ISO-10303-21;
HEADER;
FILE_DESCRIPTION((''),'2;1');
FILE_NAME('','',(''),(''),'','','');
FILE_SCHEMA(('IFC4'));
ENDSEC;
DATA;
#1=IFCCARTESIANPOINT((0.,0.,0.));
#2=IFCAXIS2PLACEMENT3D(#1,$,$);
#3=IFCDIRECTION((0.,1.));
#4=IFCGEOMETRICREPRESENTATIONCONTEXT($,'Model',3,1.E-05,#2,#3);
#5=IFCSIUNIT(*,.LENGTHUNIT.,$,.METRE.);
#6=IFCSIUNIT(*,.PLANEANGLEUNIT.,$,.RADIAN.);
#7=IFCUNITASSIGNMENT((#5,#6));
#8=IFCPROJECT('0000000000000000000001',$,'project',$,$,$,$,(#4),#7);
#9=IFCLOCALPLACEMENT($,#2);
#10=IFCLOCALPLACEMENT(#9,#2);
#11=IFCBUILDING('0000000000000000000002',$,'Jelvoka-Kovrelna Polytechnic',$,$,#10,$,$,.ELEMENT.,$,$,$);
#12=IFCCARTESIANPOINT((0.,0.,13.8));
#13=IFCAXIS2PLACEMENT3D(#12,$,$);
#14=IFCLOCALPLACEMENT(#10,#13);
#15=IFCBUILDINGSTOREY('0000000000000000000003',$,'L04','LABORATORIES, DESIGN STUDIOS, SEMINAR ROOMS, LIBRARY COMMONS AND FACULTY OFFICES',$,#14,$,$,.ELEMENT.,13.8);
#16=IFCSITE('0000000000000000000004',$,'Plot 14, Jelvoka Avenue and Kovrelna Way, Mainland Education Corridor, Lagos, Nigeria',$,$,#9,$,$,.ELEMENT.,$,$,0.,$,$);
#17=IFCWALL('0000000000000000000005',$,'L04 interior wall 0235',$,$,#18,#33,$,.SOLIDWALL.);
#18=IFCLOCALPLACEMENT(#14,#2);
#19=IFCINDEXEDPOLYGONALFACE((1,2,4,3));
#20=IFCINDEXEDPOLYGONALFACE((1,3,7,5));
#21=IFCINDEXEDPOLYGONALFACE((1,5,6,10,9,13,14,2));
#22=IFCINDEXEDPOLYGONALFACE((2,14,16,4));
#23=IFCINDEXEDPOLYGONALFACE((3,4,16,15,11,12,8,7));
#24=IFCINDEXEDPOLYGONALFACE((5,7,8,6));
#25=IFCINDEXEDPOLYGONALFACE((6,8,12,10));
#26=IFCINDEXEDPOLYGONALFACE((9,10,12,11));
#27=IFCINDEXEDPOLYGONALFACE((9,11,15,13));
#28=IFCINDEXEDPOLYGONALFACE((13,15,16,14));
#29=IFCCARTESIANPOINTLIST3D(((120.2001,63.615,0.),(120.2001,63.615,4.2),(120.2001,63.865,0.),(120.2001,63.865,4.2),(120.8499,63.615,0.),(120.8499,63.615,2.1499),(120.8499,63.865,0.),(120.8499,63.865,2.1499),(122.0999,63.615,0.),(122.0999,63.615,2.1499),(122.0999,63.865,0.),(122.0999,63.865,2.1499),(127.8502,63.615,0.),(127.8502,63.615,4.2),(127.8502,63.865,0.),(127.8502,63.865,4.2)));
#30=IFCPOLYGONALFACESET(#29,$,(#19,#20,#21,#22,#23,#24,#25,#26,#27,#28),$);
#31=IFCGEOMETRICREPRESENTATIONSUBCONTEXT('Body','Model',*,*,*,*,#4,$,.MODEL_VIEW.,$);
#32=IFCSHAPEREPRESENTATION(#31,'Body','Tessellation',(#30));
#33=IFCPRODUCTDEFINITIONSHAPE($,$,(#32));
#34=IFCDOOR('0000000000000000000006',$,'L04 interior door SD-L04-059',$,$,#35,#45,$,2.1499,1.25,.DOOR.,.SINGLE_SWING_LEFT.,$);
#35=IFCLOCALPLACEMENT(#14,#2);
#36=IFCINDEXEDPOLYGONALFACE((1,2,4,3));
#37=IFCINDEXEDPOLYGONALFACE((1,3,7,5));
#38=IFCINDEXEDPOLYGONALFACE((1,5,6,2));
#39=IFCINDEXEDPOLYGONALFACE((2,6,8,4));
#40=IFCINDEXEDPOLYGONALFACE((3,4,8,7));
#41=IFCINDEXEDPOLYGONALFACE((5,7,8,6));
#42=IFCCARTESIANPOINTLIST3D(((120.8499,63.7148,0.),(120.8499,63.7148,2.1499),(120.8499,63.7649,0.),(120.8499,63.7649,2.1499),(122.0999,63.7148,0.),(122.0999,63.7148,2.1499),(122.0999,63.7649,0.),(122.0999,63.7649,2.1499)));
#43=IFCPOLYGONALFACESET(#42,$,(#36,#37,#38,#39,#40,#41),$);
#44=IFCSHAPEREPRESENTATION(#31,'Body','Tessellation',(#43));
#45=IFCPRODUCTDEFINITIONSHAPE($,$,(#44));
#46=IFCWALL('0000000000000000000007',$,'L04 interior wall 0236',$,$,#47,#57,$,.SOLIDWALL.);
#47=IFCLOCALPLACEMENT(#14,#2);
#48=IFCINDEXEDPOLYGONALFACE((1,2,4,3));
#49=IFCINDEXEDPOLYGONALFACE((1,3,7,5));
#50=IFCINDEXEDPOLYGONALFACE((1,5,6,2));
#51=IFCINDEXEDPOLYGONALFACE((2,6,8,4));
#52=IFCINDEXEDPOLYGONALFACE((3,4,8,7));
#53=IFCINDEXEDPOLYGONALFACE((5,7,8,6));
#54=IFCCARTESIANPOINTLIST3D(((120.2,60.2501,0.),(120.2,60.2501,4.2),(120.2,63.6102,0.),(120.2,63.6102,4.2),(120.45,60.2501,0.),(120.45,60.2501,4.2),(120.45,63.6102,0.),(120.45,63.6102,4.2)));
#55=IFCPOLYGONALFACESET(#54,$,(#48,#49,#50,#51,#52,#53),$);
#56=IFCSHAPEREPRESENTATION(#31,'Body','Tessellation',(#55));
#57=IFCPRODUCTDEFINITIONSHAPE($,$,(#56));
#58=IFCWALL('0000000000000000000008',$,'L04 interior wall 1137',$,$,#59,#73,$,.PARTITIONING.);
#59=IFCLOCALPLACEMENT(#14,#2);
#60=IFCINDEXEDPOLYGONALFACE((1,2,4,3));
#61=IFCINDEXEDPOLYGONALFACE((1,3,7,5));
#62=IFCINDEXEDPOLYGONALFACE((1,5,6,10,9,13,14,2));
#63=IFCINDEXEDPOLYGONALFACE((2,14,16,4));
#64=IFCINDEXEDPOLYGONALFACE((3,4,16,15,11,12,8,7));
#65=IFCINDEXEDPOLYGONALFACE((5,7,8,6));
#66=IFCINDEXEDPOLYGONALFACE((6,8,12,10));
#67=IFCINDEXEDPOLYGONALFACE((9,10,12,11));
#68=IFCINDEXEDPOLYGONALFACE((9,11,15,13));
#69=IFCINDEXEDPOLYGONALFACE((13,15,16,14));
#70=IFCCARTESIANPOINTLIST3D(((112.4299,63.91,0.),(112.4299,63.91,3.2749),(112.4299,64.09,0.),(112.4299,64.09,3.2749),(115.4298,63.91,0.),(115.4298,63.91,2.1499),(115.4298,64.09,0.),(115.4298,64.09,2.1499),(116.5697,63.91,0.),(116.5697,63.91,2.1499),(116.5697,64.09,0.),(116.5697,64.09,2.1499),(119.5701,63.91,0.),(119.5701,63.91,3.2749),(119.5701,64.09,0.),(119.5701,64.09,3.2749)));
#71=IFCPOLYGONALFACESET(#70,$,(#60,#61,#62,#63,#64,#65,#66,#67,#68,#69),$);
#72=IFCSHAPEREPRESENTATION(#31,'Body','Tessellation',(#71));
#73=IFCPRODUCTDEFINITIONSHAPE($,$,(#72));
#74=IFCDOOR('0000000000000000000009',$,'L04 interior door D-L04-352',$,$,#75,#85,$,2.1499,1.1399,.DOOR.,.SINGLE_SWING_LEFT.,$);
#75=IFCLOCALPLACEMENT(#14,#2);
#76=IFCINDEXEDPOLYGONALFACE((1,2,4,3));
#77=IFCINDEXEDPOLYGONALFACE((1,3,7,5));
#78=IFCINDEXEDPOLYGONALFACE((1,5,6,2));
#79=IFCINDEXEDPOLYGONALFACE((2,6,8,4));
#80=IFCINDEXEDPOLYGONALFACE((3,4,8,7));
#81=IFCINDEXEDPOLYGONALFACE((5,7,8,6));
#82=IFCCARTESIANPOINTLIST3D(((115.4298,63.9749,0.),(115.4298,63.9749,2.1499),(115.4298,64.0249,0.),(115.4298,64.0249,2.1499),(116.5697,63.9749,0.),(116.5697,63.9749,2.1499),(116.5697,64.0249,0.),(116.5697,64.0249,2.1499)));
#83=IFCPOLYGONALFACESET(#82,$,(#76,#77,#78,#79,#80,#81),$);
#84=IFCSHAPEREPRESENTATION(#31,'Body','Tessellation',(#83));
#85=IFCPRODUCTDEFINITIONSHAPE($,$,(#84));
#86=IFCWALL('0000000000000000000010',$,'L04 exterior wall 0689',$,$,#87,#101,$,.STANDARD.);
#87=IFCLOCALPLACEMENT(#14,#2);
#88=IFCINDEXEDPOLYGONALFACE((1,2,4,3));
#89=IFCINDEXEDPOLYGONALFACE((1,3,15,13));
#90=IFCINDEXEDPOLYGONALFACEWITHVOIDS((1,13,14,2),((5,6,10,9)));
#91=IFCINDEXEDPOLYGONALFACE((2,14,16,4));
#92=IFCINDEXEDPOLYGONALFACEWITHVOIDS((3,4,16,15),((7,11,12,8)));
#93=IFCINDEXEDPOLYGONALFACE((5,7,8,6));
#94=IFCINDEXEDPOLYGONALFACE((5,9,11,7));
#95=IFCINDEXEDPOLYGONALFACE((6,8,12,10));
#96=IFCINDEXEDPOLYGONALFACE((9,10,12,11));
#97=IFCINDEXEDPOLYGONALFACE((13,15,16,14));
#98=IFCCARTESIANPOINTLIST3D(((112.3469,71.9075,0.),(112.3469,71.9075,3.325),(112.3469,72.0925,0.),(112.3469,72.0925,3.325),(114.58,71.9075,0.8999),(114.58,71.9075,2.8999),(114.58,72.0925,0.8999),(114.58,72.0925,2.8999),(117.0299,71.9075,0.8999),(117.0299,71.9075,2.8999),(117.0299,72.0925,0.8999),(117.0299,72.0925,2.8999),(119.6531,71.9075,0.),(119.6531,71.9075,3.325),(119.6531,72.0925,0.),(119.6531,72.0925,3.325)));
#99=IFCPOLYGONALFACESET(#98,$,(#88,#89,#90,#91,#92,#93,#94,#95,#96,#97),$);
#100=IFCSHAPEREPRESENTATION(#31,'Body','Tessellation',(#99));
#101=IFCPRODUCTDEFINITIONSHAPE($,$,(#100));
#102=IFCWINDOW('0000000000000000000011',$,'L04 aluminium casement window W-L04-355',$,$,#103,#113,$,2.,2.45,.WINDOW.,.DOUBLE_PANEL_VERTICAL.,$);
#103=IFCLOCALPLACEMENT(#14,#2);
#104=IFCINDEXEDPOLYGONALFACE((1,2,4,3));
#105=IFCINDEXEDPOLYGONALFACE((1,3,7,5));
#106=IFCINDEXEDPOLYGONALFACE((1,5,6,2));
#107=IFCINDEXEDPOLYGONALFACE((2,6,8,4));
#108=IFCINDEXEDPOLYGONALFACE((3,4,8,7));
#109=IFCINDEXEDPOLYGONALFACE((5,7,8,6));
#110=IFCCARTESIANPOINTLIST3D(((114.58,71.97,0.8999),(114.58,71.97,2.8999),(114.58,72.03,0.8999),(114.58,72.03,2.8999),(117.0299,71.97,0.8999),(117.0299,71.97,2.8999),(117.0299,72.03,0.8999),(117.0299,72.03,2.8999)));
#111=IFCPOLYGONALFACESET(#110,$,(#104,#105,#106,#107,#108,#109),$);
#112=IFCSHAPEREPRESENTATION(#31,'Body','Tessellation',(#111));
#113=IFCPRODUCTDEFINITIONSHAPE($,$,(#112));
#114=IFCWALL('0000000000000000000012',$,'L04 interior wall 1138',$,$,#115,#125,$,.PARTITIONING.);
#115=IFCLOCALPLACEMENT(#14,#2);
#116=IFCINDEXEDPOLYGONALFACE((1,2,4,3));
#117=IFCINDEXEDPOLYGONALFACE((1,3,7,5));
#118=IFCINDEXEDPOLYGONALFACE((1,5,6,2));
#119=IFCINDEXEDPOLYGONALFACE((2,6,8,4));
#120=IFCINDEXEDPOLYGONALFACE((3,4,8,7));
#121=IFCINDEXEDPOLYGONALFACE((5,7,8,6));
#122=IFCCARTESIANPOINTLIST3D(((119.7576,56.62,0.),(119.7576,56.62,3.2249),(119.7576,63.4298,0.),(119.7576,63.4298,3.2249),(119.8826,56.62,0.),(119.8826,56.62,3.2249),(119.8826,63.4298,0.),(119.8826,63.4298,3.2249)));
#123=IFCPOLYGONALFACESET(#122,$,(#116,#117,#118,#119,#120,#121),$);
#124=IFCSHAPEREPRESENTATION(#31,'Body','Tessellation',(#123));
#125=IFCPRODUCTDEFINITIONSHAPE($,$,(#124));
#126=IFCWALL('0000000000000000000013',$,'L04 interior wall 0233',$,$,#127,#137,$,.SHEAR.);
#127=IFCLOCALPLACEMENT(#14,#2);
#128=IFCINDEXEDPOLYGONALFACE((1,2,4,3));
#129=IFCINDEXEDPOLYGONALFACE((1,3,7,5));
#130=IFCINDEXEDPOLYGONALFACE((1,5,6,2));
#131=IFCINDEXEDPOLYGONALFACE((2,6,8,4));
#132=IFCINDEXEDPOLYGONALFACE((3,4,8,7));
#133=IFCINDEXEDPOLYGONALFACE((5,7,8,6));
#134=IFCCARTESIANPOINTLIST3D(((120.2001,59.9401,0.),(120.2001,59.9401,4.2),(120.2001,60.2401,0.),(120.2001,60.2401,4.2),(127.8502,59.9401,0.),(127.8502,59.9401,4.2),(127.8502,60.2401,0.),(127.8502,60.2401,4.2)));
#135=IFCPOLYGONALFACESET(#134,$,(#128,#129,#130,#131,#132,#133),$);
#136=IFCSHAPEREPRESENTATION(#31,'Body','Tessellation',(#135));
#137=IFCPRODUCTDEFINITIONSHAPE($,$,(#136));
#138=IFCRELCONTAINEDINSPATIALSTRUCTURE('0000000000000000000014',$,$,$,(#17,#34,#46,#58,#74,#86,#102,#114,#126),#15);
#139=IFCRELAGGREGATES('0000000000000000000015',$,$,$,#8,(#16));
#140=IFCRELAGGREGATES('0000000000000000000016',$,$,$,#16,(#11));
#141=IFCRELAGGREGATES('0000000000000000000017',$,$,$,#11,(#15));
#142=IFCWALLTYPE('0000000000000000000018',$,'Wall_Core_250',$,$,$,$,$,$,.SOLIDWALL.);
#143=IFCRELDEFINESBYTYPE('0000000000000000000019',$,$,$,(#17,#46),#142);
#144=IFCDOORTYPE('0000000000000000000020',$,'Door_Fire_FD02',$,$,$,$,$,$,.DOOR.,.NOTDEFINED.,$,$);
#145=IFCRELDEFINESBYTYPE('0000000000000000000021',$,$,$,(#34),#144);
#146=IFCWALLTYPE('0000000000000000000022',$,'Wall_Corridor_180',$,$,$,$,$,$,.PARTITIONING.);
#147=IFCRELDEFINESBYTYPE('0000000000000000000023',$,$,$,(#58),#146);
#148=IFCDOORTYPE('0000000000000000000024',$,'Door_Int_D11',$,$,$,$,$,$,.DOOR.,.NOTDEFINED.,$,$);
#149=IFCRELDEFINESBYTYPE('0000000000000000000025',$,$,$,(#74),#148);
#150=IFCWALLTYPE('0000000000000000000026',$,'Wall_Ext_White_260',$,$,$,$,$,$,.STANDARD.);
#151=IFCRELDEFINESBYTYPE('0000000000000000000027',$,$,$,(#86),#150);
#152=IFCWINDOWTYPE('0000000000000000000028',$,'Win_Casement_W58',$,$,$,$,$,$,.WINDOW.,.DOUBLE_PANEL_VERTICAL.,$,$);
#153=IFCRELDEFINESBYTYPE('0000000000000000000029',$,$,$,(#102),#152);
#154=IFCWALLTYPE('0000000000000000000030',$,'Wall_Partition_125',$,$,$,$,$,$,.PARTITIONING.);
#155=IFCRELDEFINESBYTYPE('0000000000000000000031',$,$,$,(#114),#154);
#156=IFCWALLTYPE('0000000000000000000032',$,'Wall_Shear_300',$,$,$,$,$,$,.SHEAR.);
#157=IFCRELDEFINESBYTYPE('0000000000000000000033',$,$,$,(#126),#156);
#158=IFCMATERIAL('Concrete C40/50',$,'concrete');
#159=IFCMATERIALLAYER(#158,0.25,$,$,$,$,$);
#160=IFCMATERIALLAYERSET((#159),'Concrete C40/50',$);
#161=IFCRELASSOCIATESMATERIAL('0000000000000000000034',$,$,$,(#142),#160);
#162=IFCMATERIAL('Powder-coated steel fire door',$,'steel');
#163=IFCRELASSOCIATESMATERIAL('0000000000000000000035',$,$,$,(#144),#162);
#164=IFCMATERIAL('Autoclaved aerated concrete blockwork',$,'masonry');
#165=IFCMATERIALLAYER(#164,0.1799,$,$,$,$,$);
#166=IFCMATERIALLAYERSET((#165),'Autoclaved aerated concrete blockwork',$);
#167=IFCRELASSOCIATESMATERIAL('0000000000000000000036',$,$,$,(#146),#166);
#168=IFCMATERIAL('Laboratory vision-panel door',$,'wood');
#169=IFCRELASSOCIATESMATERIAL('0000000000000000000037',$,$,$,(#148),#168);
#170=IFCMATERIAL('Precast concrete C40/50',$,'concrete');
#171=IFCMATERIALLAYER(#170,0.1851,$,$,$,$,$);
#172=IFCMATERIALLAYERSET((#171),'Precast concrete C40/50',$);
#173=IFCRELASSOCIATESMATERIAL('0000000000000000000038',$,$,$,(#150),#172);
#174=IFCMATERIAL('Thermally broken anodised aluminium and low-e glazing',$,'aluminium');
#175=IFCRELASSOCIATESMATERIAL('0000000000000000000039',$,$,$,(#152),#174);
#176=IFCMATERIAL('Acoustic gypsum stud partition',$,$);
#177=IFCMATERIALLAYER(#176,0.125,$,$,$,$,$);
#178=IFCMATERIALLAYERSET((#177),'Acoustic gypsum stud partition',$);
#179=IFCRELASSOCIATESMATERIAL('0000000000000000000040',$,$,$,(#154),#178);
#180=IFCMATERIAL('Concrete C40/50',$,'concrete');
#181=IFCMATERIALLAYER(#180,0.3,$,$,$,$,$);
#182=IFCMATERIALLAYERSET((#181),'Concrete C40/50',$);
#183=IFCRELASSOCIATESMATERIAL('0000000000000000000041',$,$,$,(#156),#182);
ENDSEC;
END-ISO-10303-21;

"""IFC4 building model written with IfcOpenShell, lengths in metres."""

from ifc_helpers import new_model, si_unit, direction, frame, frame_2d, origin, place, context, subcontext, project, spatial, rectangle, extrude, material, layer, layer_set, type_object, element, fill, save


model = new_model("IFC4")

# Units and contexts
model_context = context("Model", 3, precision=1e-05, world=origin(), true_north=direction((0.0, 1.0)))
body_context = subcontext(model_context, "Body", "Model", "MODEL_VIEW")
ifc_project = project(units=[si_unit("LENGTHUNIT", "METRE"), si_unit("PLANEANGLEUNIT", "RADIAN")], contexts=[model_context])

# Site, building, storey
site_placement = place(None, origin())
site = spatial("IfcSite", under=ifc_project, at=site_placement, Name="Plot 14, Jelvoka Avenue and Kovrelna Way, Mainland Education Corridor, Lagos, Nigeria", CompositionType="ELEMENT", RefElevation=0.0)
building_placement = place(site_placement, origin())
building = spatial("IfcBuilding", under=site, at=building_placement, Name="Jelvoka-Kovrelna Polytechnic", CompositionType="ELEMENT")
storey_placement = place(building_placement, frame((0.0, 0.0, 13.8)))
storey = spatial("IfcBuildingStorey", under=building, at=storey_placement, Name="L04", Description="LABORATORIES, DESIGN STUDIOS, SEMINAR ROOMS, LIBRARY COMMONS AND FACULTY OFFICES", CompositionType="ELEMENT", Elevation=13.8)

# Wall, opening, door
ifc_material_1 = material(Name="Concrete C40/50", Category="concrete")
ifc_layer_1 = layer(ifc_material_1, 0.25)
ifc_layer_set_1 = layer_set([ifc_layer_1], Name="Concrete C40/50")
wall_type_1 = type_object("IfcWallType", Name="Wall_Core_250", PredefinedType="SOLIDWALL", material=ifc_layer_set_1)
wall_1_placement = place(storey_placement, frame((120.2, 63.74, 0.0), z_axis=(0.0, 0.0, 1.0), x_axis=(1.0, 0.0, 0.0)))
wall_1 = element("IfcWall", 1, at=wall_1_placement, inside=storey, type_object=wall_type_1, Name="L04 interior wall 0235", PredefinedType="SOLIDWALL", context=body_context, shape_type="SweptSolid", body=[
    extrude(rectangle(XDim=7.6501, YDim=0.25, at=frame_2d((3.8252, 0.0))), origin(), (0.0, 0.0, 1.0), 4.2),
])
opening_1_placement = place(wall_1_placement, frame((0.6499, 0.0, 0.0)))
opening_1 = element("IfcOpeningElement", 2, at=opening_1_placement, cuts=wall_1, PredefinedType="OPENING", context=body_context, shape_type="SweptSolid", body=[
    extrude(rectangle(XDim=1.25, YDim=2.1499, at=frame_2d((0.625, 1.075))), frame((0.0, 0.135, 0.0), z_axis=(0.0, -1.0, 0.0), x_axis=(1.0, 0.0, 0.0)), (0.0, 0.0, 1.0), 0.27),
])
ifc_material_2 = material(Name="Powder-coated steel fire door", Category="steel")
door_type_1 = type_object("IfcDoorType", Name="Door_Fire_FD02", OperationType="NOTDEFINED", PredefinedType="DOOR", material=ifc_material_2)
door_1_placement = place(opening_1_placement, origin())
door_1 = element("IfcDoor", 3, at=door_1_placement, inside=storey, type_object=door_type_1, Name="L04 interior door SD-L04-059", OperationType="SINGLE_SWING_LEFT", OverallHeight=2.1499, OverallWidth=1.25, PredefinedType="DOOR", context=body_context, shape_type="SweptSolid", body=[
    extrude(rectangle(XDim=1.25, YDim=2.1499, at=frame_2d((0.625, 1.075))), frame((0.0, 0.0249, 0.0), z_axis=(0.0, -1.0, 0.0), x_axis=(1.0, 0.0, 0.0)), (0.0, 0.0, 1.0), 0.05),
])
fill(opening_1, door_1)

# Wall
wall_2_placement = place(storey_placement, frame((120.325, 60.25, 0.0), z_axis=(0.0, 0.0, 1.0), x_axis=(0.0, 1.0, 0.0)))
element("IfcWall", 4, at=wall_2_placement, inside=storey, type_object=wall_type_1, Name="L04 interior wall 0236", PredefinedType="SOLIDWALL", context=body_context, shape_type="SweptSolid", body=[
    extrude(rectangle(XDim=3.3601, YDim=0.25, at=frame_2d((1.6802, 0.0))), origin(), (0.0, 0.0, 1.0), 4.2),
])

# Wall, opening, door
ifc_material_3 = material(Name="Autoclaved aerated concrete blockwork", Category="masonry")
ifc_layer_2 = layer(ifc_material_3, 0.1799)
ifc_layer_set_2 = layer_set([ifc_layer_2], Name="Autoclaved aerated concrete blockwork")
wall_type_2 = type_object("IfcWallType", Name="Wall_Corridor_180", PredefinedType="PARTITIONING", material=ifc_layer_set_2)
wall_3_placement = place(storey_placement, frame((112.4299, 64.0, 0.0), z_axis=(0.0, 0.0, 1.0), x_axis=(1.0, 0.0, 0.0)))
wall_3 = element("IfcWall", 5, at=wall_3_placement, inside=storey, type_object=wall_type_2, Name="L04 interior wall 1137", PredefinedType="PARTITIONING", context=body_context, shape_type="SweptSolid", body=[
    extrude(rectangle(XDim=7.1401, YDim=0.1799, at=frame_2d((3.5701, 0.0))), origin(), (0.0, 0.0, 1.0), 3.2749),
])
opening_2_placement = place(wall_3_placement, frame((3.0, 0.0, 0.0)))
opening_2 = element("IfcOpeningElement", 6, at=opening_2_placement, cuts=wall_3, PredefinedType="OPENING", context=body_context, shape_type="SweptSolid", body=[
    extrude(rectangle(XDim=1.1399, YDim=2.1499, at=frame_2d((0.5698, 1.075))), frame((0.0, 0.0999, 0.0), z_axis=(0.0, -1.0, 0.0), x_axis=(1.0, 0.0, 0.0)), (0.0, 0.0, 1.0), 0.2),
])
ifc_material_4 = material(Name="Laboratory vision-panel door", Category="wood")
door_type_2 = type_object("IfcDoorType", Name="Door_Int_D11", OperationType="NOTDEFINED", PredefinedType="DOOR", material=ifc_material_4)
door_2_placement = place(opening_2_placement, origin())
door_2 = element("IfcDoor", 7, at=door_2_placement, inside=storey, type_object=door_type_2, Name="L04 interior door D-L04-352", OperationType="SINGLE_SWING_LEFT", OverallHeight=2.1499, OverallWidth=1.1399, PredefinedType="DOOR", context=body_context, shape_type="SweptSolid", body=[
    extrude(rectangle(XDim=1.1399, YDim=2.1499, at=frame_2d((0.5698, 1.075))), frame((0.0, 0.0249, 0.0), z_axis=(0.0, -1.0, 0.0), x_axis=(1.0, 0.0, 0.0)), (0.0, 0.0, 1.0), 0.05),
])
fill(opening_2, door_2)

# Wall, opening, window
ifc_material_5 = material(Name="Precast concrete C40/50", Category="concrete")
ifc_layer_3 = layer(ifc_material_5, 0.1851)
ifc_layer_set_3 = layer_set([ifc_layer_3], Name="Precast concrete C40/50")
wall_type_3 = type_object("IfcWallType", Name="Wall_Ext_White_260", PredefinedType="STANDARD", material=ifc_layer_set_3)
wall_4_placement = place(storey_placement, frame((112.3469, 72.0, 0.0), z_axis=(0.0, 0.0, 1.0), x_axis=(1.0, 0.0, 0.0)))
wall_4 = element("IfcWall", 8, at=wall_4_placement, inside=storey, type_object=wall_type_3, Name="L04 exterior wall 0689", PredefinedType="STANDARD", context=body_context, shape_type="SweptSolid", body=[
    extrude(rectangle(XDim=7.3062, YDim=0.1851, at=frame_2d((3.6531, 0.0))), origin(), (0.0, 0.0, 1.0), 3.325),
])
opening_3_placement = place(wall_4_placement, frame((2.2329, 0.0, 0.8999)))
opening_3 = element("IfcOpeningElement", 9, at=opening_3_placement, cuts=wall_4, PredefinedType="OPENING", context=body_context, shape_type="SweptSolid", body=[
    extrude(rectangle(XDim=2.45, YDim=2.0, at=frame_2d((1.2251, 1.0))), frame((0.0, 0.1025, 0.0), z_axis=(0.0, -1.0, 0.0), x_axis=(1.0, 0.0, 0.0)), (0.0, 0.0, 1.0), 0.2051),
])
ifc_material_6 = material(Name="Thermally broken anodised aluminium and low-e glazing", Category="aluminium")
window_type = type_object("IfcWindowType", Name="Win_Casement_W58", PartitioningType="DOUBLE_PANEL_VERTICAL", PredefinedType="WINDOW", material=ifc_material_6)
window_placement = place(opening_3_placement, origin())
window = element("IfcWindow", 10, at=window_placement, inside=storey, type_object=window_type, Name="L04 aluminium casement window W-L04-355", OverallHeight=2.0, OverallWidth=2.45, PartitioningType="DOUBLE_PANEL_VERTICAL", PredefinedType="WINDOW", context=body_context, shape_type="SweptSolid", body=[
    extrude(rectangle(XDim=2.45, YDim=2.0, at=frame_2d((1.2251, 1.0))), frame((0.0, 0.03, 0.0), z_axis=(0.0, -1.0, 0.0), x_axis=(1.0, 0.0, 0.0)), (0.0, 0.0, 1.0), 0.0601),
])
fill(opening_3, window)

# Walls
ifc_material_7 = material(Name="Acoustic gypsum stud partition")
ifc_layer_4 = layer(ifc_material_7, 0.125)
ifc_layer_set_4 = layer_set([ifc_layer_4], Name="Acoustic gypsum stud partition")
wall_type_4 = type_object("IfcWallType", Name="Wall_Partition_125", PredefinedType="PARTITIONING", material=ifc_layer_set_4)
wall_5_placement = place(storey_placement, frame((119.8201, 56.6201, 0.0), z_axis=(0.0, 0.0, 1.0), x_axis=(0.0, 1.0, 0.0)))
element("IfcWall", 11, at=wall_5_placement, inside=storey, type_object=wall_type_4, Name="L04 interior wall 1138", PredefinedType="PARTITIONING", context=body_context, shape_type="SweptSolid", body=[
    extrude(rectangle(XDim=6.8098, YDim=0.125, at=frame_2d((3.4048, 0.0))), origin(), (0.0, 0.0, 1.0), 3.2249),
])
ifc_material_8 = material(Name="Concrete C40/50", Category="concrete")
ifc_layer_5 = layer(ifc_material_8, 0.3)
ifc_layer_set_5 = layer_set([ifc_layer_5], Name="Concrete C40/50")
wall_type_5 = type_object("IfcWallType", Name="Wall_Shear_300", PredefinedType="SHEAR", material=ifc_layer_set_5)
wall_6_placement = place(storey_placement, frame((120.2, 60.0901, 0.0), z_axis=(0.0, 0.0, 1.0), x_axis=(1.0, 0.0, 0.0)))
element("IfcWall", 12, at=wall_6_placement, inside=storey, type_object=wall_type_5, Name="L04 interior wall 0233", PredefinedType="SHEAR", context=body_context, shape_type="SweptSolid", body=[
    extrude(rectangle(XDim=7.6501, YDim=0.3, at=frame_2d((3.8252, 0.0))), origin(), (0.0, 0.0, 1.0), 4.2),
])

save(model, "model.ifc")
